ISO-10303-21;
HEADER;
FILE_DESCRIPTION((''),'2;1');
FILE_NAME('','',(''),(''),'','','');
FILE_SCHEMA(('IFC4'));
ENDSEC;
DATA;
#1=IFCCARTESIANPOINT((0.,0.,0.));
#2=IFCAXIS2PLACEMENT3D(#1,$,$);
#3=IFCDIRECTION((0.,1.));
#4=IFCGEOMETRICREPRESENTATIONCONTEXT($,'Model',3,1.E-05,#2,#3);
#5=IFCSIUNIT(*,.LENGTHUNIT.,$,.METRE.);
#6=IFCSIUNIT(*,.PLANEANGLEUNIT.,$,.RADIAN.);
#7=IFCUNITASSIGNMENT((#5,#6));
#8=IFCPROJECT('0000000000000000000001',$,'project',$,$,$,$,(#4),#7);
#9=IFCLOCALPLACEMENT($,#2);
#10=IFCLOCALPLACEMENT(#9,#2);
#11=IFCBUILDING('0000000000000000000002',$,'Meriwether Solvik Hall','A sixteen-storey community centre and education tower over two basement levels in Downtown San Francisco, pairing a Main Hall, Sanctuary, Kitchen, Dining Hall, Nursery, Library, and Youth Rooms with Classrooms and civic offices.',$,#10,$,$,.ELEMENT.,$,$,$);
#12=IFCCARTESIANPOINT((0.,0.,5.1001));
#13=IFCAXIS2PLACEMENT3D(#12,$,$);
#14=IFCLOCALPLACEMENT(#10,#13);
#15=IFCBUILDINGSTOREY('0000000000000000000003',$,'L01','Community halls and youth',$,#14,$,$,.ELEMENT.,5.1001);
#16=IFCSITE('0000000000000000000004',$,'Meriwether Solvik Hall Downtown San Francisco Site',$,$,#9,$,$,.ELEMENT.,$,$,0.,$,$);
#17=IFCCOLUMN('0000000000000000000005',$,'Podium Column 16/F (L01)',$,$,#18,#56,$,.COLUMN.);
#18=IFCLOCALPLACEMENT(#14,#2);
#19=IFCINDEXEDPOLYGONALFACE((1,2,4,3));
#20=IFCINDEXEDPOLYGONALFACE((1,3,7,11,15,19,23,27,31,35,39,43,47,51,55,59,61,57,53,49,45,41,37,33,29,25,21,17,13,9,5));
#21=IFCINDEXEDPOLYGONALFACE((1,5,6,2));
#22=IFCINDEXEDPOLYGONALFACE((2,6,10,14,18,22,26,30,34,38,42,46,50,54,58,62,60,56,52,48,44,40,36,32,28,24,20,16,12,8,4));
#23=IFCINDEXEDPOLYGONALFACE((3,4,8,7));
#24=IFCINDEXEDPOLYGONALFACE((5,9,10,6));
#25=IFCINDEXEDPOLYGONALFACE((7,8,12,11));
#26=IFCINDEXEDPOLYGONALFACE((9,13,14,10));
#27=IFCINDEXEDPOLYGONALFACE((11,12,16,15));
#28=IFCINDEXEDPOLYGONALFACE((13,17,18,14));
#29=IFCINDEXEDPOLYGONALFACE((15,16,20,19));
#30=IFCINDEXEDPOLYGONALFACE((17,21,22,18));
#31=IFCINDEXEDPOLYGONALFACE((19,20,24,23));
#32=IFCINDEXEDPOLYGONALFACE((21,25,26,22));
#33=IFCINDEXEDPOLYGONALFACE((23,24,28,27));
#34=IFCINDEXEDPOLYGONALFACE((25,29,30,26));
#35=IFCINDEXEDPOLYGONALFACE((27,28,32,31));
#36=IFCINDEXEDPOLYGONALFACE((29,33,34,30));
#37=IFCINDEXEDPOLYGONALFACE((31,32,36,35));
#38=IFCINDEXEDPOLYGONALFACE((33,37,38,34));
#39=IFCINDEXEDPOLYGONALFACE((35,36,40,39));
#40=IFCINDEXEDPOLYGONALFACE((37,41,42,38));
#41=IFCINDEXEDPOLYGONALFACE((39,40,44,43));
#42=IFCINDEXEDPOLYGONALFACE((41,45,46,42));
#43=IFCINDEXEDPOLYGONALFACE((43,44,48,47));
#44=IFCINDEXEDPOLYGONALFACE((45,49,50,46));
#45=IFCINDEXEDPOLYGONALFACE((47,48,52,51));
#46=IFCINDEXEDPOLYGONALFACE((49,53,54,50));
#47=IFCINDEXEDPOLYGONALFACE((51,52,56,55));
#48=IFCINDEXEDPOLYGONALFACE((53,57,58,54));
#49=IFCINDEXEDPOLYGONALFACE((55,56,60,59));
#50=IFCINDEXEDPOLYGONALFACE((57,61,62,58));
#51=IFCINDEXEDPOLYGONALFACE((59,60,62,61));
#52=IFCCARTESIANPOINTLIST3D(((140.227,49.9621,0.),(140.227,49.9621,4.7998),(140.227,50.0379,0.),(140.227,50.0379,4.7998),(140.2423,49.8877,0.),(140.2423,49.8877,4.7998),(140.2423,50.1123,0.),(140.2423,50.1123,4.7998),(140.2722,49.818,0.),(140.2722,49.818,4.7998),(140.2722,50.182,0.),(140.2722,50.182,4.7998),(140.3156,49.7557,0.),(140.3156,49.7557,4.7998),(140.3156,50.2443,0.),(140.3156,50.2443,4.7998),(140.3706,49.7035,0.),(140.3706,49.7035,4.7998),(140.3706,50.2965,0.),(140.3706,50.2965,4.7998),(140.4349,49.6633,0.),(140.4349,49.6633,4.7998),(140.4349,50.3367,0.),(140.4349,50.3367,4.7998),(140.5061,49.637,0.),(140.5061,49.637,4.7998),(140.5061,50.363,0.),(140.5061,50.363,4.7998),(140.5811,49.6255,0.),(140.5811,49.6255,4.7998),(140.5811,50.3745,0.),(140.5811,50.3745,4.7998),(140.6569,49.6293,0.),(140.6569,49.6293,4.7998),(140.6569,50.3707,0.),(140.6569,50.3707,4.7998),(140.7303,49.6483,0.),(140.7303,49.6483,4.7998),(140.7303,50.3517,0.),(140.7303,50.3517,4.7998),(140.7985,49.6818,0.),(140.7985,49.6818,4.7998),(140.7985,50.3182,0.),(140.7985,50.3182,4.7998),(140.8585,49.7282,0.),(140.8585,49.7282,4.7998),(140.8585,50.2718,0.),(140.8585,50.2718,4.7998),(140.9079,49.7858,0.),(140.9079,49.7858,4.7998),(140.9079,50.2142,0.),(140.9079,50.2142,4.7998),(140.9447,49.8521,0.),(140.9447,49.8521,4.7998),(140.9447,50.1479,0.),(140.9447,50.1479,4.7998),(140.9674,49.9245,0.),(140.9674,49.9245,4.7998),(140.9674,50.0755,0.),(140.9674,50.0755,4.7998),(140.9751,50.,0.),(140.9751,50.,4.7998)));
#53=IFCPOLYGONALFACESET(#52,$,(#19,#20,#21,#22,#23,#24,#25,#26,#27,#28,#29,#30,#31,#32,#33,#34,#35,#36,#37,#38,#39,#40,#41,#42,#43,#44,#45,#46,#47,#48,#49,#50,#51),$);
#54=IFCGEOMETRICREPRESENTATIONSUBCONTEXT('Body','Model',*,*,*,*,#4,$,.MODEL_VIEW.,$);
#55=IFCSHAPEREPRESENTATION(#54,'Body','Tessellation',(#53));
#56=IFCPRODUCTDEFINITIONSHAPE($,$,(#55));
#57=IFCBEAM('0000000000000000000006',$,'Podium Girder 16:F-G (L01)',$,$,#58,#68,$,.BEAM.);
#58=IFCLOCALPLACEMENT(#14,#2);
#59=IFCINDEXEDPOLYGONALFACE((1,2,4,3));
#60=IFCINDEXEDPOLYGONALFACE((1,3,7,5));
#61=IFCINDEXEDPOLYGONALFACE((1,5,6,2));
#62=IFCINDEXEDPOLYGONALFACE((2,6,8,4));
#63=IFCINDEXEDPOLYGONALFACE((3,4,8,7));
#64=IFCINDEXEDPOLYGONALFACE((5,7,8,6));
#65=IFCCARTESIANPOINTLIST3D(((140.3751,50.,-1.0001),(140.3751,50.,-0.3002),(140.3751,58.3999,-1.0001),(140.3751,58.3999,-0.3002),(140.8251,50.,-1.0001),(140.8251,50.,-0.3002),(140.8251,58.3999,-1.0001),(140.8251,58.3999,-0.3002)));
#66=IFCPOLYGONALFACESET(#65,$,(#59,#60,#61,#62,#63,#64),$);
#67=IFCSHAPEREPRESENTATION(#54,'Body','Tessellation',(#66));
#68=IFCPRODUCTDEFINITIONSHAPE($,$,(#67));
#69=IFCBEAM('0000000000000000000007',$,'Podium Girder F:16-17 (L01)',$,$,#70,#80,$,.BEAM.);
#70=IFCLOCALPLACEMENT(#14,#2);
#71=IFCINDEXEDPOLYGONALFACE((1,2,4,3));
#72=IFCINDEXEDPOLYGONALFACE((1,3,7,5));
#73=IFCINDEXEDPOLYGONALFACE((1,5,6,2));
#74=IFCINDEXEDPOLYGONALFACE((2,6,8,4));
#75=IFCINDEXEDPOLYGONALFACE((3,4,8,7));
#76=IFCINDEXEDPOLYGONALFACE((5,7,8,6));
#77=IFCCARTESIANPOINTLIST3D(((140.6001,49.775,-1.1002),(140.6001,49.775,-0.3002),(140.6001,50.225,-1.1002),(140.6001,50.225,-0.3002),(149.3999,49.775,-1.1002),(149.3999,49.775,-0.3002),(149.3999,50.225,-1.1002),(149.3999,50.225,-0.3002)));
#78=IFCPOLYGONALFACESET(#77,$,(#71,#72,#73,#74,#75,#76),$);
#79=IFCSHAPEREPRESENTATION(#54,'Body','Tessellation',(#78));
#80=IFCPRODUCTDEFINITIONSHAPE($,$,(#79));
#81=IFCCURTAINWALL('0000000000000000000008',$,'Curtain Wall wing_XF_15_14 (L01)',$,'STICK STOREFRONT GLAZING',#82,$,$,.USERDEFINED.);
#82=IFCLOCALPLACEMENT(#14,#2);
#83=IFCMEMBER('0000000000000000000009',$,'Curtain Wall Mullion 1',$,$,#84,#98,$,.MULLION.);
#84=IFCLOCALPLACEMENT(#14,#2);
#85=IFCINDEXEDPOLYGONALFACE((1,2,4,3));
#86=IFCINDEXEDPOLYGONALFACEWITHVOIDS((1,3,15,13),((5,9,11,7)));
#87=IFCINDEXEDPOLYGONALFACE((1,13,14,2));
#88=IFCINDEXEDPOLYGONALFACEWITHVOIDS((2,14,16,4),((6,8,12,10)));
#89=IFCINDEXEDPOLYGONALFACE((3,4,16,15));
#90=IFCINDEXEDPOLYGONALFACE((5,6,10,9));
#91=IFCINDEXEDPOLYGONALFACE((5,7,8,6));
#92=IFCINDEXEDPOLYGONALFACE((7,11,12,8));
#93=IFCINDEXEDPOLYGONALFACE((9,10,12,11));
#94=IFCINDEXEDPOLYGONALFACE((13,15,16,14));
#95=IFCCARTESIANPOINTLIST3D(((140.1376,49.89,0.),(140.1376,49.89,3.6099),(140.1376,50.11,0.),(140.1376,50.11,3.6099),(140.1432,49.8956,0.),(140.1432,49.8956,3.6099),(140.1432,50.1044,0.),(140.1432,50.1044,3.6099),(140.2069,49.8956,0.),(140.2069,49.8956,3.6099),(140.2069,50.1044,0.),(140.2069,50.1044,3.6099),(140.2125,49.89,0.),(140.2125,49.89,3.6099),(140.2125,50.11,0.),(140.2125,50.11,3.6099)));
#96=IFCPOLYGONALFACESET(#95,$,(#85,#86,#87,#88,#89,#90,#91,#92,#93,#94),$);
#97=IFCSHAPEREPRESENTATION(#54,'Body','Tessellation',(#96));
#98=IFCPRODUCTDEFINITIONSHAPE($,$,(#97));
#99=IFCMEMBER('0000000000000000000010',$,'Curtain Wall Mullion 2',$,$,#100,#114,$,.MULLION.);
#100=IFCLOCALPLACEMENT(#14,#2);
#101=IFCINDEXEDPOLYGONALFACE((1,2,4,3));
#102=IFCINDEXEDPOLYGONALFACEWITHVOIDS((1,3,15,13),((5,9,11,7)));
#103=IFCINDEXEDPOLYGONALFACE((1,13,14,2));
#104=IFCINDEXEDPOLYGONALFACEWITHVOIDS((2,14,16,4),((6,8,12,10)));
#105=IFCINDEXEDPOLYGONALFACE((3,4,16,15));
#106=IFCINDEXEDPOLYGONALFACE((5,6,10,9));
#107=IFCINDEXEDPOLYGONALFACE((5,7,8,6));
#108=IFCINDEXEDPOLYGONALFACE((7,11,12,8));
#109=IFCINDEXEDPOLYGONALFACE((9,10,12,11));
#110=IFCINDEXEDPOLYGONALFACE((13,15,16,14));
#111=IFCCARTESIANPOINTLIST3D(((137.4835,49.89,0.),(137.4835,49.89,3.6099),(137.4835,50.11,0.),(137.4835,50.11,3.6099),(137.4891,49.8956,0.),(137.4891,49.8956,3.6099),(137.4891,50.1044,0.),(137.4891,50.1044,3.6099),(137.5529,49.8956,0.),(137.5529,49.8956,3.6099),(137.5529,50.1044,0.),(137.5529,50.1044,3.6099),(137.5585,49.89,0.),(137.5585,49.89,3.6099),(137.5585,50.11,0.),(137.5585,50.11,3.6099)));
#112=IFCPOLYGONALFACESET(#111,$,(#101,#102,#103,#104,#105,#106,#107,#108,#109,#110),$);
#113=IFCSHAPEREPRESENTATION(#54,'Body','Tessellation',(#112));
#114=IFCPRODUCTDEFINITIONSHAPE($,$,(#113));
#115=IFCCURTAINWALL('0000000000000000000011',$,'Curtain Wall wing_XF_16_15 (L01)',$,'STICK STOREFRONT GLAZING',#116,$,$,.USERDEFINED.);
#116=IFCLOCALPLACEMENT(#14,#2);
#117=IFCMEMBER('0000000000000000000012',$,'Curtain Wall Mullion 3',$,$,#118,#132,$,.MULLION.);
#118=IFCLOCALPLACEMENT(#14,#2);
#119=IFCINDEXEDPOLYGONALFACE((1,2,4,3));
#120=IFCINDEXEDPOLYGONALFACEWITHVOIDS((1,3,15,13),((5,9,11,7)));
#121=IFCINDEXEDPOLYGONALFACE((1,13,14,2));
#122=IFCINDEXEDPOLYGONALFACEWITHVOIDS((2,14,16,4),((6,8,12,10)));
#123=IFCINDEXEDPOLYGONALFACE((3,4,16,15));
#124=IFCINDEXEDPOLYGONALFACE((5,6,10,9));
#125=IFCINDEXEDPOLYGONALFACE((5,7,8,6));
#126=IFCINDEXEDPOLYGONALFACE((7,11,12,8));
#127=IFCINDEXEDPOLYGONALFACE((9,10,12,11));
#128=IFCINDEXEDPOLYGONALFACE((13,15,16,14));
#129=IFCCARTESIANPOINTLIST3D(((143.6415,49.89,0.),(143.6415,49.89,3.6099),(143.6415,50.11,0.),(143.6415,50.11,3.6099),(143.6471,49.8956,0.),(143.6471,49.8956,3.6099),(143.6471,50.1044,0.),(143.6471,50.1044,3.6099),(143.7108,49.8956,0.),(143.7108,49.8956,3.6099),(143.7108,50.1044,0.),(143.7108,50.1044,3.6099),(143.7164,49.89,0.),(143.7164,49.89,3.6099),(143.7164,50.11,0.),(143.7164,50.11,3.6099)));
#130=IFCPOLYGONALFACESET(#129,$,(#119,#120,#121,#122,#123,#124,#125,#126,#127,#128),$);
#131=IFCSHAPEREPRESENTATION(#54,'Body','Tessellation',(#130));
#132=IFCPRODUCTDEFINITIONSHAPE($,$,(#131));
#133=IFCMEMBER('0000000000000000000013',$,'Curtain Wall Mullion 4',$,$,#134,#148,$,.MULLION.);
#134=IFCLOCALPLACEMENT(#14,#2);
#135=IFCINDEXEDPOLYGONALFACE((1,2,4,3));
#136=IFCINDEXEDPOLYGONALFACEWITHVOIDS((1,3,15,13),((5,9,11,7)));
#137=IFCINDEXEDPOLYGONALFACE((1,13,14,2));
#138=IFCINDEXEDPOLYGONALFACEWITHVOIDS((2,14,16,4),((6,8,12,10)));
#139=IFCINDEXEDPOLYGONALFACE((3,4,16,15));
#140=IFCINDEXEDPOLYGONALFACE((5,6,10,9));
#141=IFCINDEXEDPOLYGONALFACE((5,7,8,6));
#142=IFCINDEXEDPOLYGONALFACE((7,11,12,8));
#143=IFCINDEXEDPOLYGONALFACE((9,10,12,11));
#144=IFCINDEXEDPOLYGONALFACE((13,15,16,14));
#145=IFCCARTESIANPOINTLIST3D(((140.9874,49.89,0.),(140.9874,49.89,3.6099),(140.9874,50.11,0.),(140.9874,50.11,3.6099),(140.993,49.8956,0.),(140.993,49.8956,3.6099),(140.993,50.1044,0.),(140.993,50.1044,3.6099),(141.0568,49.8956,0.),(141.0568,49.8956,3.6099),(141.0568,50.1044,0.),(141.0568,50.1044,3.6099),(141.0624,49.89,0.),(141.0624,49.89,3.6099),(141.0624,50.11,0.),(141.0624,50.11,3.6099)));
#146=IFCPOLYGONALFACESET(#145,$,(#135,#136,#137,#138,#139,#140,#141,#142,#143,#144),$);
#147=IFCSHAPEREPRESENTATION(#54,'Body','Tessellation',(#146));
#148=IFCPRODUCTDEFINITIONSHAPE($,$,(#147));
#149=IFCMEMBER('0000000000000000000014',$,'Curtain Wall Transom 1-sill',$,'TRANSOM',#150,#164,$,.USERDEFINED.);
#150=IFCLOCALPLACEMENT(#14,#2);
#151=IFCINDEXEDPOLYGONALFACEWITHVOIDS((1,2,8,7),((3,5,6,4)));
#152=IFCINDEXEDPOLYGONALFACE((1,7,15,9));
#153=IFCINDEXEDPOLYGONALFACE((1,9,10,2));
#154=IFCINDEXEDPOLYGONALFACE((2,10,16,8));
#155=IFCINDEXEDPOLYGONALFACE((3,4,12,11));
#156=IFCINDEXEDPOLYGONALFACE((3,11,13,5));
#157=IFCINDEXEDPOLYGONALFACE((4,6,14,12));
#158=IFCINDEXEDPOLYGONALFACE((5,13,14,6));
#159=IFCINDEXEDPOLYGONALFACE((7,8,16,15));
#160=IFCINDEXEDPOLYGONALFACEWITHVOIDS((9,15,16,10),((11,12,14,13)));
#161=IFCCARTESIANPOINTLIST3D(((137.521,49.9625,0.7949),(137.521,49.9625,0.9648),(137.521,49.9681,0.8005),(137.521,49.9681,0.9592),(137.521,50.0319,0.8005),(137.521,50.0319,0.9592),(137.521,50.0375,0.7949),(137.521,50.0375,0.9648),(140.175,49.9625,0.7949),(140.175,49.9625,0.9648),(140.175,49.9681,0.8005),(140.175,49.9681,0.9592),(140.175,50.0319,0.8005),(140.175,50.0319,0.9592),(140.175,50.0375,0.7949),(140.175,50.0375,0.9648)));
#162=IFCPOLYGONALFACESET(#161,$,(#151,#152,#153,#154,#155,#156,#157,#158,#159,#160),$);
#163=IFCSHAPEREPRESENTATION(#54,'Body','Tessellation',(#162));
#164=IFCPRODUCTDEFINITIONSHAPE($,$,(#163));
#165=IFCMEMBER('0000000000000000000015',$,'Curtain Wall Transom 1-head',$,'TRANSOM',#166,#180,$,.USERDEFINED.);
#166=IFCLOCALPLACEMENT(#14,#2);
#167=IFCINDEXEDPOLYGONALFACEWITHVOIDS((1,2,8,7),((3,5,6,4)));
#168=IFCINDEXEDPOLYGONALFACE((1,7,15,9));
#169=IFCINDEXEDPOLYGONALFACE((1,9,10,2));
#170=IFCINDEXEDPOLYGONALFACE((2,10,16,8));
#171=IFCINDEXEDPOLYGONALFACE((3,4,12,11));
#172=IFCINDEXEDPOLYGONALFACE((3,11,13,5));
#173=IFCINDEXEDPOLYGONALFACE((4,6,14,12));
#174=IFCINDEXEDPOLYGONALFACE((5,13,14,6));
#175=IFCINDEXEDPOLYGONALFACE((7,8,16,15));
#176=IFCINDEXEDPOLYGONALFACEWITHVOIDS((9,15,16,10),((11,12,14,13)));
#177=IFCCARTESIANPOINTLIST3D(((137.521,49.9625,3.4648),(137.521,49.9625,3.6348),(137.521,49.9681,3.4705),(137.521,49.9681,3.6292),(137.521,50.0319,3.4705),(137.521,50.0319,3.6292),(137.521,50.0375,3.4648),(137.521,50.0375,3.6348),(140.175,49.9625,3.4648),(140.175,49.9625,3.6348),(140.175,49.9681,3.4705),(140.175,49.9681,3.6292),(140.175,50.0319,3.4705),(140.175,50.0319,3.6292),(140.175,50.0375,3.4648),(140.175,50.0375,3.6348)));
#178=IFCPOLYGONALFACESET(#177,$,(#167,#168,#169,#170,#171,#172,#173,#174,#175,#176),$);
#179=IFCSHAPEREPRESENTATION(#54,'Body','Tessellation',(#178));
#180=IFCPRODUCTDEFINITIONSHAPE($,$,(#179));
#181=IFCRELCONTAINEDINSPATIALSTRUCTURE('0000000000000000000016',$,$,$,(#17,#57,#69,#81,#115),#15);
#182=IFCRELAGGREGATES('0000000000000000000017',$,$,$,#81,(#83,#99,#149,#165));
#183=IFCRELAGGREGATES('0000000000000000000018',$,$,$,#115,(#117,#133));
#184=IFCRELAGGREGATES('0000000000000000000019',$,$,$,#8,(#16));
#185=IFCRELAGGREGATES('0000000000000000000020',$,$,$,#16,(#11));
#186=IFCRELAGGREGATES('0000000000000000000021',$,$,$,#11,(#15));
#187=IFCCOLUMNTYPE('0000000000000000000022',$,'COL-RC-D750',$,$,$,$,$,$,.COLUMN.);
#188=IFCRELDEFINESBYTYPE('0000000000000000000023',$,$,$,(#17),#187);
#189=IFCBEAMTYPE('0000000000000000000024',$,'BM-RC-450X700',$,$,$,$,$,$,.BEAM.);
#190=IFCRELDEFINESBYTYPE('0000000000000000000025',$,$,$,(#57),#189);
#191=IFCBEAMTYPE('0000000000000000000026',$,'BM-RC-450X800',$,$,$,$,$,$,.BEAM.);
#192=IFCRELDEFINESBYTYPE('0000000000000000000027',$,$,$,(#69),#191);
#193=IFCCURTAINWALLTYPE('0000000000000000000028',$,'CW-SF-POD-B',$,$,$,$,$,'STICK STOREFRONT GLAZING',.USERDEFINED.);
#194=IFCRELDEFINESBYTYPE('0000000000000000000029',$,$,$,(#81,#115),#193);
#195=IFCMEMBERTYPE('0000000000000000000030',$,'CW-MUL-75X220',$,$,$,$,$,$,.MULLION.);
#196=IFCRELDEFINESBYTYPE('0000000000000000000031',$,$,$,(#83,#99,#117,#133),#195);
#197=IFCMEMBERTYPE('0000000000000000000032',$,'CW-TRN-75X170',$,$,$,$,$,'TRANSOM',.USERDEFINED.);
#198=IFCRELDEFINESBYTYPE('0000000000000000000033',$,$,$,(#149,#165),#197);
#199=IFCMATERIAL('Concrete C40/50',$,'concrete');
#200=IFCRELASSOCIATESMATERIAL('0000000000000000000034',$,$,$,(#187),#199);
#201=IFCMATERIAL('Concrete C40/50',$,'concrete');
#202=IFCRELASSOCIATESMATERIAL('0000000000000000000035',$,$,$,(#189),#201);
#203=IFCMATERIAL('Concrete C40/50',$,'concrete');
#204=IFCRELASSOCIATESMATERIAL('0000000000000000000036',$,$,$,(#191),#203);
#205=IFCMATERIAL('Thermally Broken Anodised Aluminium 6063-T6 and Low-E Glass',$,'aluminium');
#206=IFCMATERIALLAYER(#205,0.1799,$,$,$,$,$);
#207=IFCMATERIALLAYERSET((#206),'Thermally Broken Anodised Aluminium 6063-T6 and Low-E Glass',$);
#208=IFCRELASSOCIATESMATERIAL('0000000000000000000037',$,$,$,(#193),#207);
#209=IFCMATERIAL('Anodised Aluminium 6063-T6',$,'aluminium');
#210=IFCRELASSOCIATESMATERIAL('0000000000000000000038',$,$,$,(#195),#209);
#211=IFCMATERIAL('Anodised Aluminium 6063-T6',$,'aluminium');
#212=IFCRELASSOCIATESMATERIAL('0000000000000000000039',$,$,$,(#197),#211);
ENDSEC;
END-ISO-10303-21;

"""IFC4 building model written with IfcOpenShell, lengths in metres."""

from ifc_helpers import new_model, si_unit, direction, frame, origin, origin_2d, place, context, subcontext, project, spatial, rectangle, hollow_rectangle, circle, extrude, material, layer, layer_set, material_profile, profile_set, type_object, element, aggregate, save


model = new_model("IFC4")

# Units and contexts
model_context = context("Model", 3, precision=1e-05, world=origin(), true_north=direction((0.0, 1.0)))
body_context = subcontext(model_context, "Body", "Model", "MODEL_VIEW")
ifc_project = project(units=[si_unit("LENGTHUNIT", "METRE"), si_unit("PLANEANGLEUNIT", "RADIAN")], contexts=[model_context])

# Site, building, storey
site_placement = place(None, origin())
site = spatial("IfcSite", under=ifc_project, at=site_placement, Name="Meriwether Solvik Hall Downtown San Francisco Site", CompositionType="ELEMENT", RefElevation=0.0)
building_placement = place(site_placement, origin())
building = spatial("IfcBuilding", under=site, at=building_placement, Name="Meriwether Solvik Hall", Description="A sixteen-storey community centre and education tower over two basement levels in Downtown San Francisco, pairing a Main Hall, Sanctuary, Kitchen, Dining Hall, Nursery, Library, and Youth Rooms with Classrooms and civic offices.", CompositionType="ELEMENT")
storey_placement = place(building_placement, frame((0.0, 0.0, 5.1001)))
storey = spatial("IfcBuildingStorey", under=building, at=storey_placement, Name="L01", Description="Community halls and youth", CompositionType="ELEMENT", Elevation=5.1001)

# Column
ifc_material_1 = material(Name="Concrete C40/50", Category="concrete")
ifc_material_profile_1 = material_profile(ifc_material_1, circle(Radius=0.375, at=origin_2d()), Name="RCC-D750")
ifc_profile_set_1 = profile_set([ifc_material_profile_1], Name="Concrete C40/50")
column_type = type_object("IfcColumnType", Name="COL-RC-D750", PredefinedType="COLUMN", material=ifc_profile_set_1)
column_placement = place(storey_placement, frame((140.6001, 50.0, 0.0), z_axis=(0.0, 0.0, 1.0), x_axis=(1.0, 0.0, 0.0)))
element("IfcColumn", 1, at=column_placement, inside=storey, type_object=column_type, Name="Podium Column 16/F (L01)", PredefinedType="COLUMN", context=body_context, shape_type="SweptSolid", body=[
    extrude(circle(Radius=0.375, at=origin_2d()), origin(), (0.0, 0.0, 1.0), 4.7998),
])

# Beams
ifc_material_2 = material(Name="Concrete C40/50", Category="concrete")
ifc_material_profile_2 = material_profile(ifc_material_2, rectangle(XDim=0.45, YDim=0.7, at=origin_2d()), Name="RCB-450X700")
ifc_profile_set_2 = profile_set([ifc_material_profile_2], Name="Concrete C40/50")
beam_type_1 = type_object("IfcBeamType", Name="BM-RC-450X700", PredefinedType="BEAM", material=ifc_profile_set_2)
beam_1_placement = place(storey_placement, frame((140.6001, 50.0, -0.6501), z_axis=(0.0, 1.0, 0.0), x_axis=(-1.0, 0.0, 0.0)))
element("IfcBeam", 2, at=beam_1_placement, inside=storey, type_object=beam_type_1, Name="Podium Girder 16:F-G (L01)", PredefinedType="BEAM", context=body_context, shape_type="SweptSolid", body=[
    extrude(rectangle(XDim=0.45, YDim=0.7, at=origin_2d()), origin(), (0.0, 0.0, 1.0), 8.3999),
])
ifc_material_3 = material(Name="Concrete C40/50", Category="concrete")
ifc_material_profile_3 = material_profile(ifc_material_3, rectangle(XDim=0.45, YDim=0.8, at=origin_2d()), Name="RCB-450X800")
ifc_profile_set_3 = profile_set([ifc_material_profile_3], Name="Concrete C40/50")
beam_type_2 = type_object("IfcBeamType", Name="BM-RC-450X800", PredefinedType="BEAM", material=ifc_profile_set_3)
beam_2_placement = place(storey_placement, frame((140.6001, 50.0, -0.7002), z_axis=(1.0, 0.0, 0.0), x_axis=(0.0, 1.0, 0.0)))
element("IfcBeam", 3, at=beam_2_placement, inside=storey, type_object=beam_type_2, Name="Podium Girder F:16-17 (L01)", PredefinedType="BEAM", context=body_context, shape_type="SweptSolid", body=[
    extrude(rectangle(XDim=0.45, YDim=0.8, at=origin_2d()), origin(), (0.0, 0.0, 1.0), 8.7998),
])

# Curtain walls, members
ifc_material_4 = material(Name="Thermally Broken Anodised Aluminium 6063-T6 and Low-E Glass", Category="aluminium")
ifc_layer_1 = layer(ifc_material_4, 0.1799)
ifc_layer_set_1 = layer_set([ifc_layer_1], Name="Thermally Broken Anodised Aluminium 6063-T6 and Low-E Glass")
curtain_wall_type = type_object("IfcCurtainWallType", Name="CW-SF-POD-B", ElementType="STICK STOREFRONT GLAZING", PredefinedType="USERDEFINED", material=ifc_layer_set_1)
curtain_wall_1_placement = place(storey_placement, origin())
curtain_wall_1 = element("IfcCurtainWall", 4, at=curtain_wall_1_placement, inside=storey, type_object=curtain_wall_type, Name="Curtain Wall wing_XF_15_14 (L01)", ObjectType="STICK STOREFRONT GLAZING", PredefinedType="USERDEFINED")
ifc_material_5 = material(Name="Anodised Aluminium 6063-T6", Category="aluminium")
ifc_material_profile_4 = material_profile(ifc_material_5, hollow_rectangle(XDim=0.075, YDim=0.22, WallThickness=0.0056, at=origin_2d()), Name="CWM-75X220")
ifc_profile_set_4 = profile_set([ifc_material_profile_4], Name="Anodised Aluminium 6063-T6")
member_type_1 = type_object("IfcMemberType", Name="CW-MUL-75X220", PredefinedType="MULLION", material=ifc_profile_set_4)
member_1_placement = place(storey_placement, frame((140.175, 50.0, 0.0), z_axis=(0.0, 0.0, 1.0), x_axis=(-1.0, 0.0, 0.0)))
member_1 = element("IfcMember", 5, at=member_1_placement, type_object=member_type_1, Name="Curtain Wall Mullion 1", PredefinedType="MULLION", context=body_context, shape_type="SweptSolid", body=[
    extrude(hollow_rectangle(XDim=0.075, YDim=0.22, WallThickness=0.0056, at=origin_2d()), origin(), (0.0, 0.0, 1.0), 3.6099),
])
member_2_placement = place(storey_placement, frame((137.521, 50.0, 0.0), z_axis=(0.0, 0.0, 1.0), x_axis=(-1.0, 0.0, 0.0)))
member_2 = element("IfcMember", 6, at=member_2_placement, type_object=member_type_1, Name="Curtain Wall Mullion 2", PredefinedType="MULLION", context=body_context, shape_type="SweptSolid", body=[
    extrude(hollow_rectangle(XDim=0.075, YDim=0.22, WallThickness=0.0056, at=origin_2d()), origin(), (0.0, 0.0, 1.0), 3.6099),
])
curtain_wall_2_placement = place(storey_placement, origin())
curtain_wall_2 = element("IfcCurtainWall", 7, at=curtain_wall_2_placement, inside=storey, type_object=curtain_wall_type, Name="Curtain Wall wing_XF_16_15 (L01)", ObjectType="STICK STOREFRONT GLAZING", PredefinedType="USERDEFINED")
member_3_placement = place(storey_placement, frame((143.679, 50.0, 0.0), z_axis=(0.0, 0.0, 1.0), x_axis=(-1.0, 0.0, 0.0)))
member_3 = element("IfcMember", 8, at=member_3_placement, type_object=member_type_1, Name="Curtain Wall Mullion 3", PredefinedType="MULLION", context=body_context, shape_type="SweptSolid", body=[
    extrude(hollow_rectangle(XDim=0.075, YDim=0.22, WallThickness=0.0056, at=origin_2d()), origin(), (0.0, 0.0, 1.0), 3.6099),
])
member_4_placement = place(storey_placement, frame((141.0249, 50.0, 0.0), z_axis=(0.0, 0.0, 1.0), x_axis=(-1.0, 0.0, 0.0)))
member_4 = element("IfcMember", 9, at=member_4_placement, type_object=member_type_1, Name="Curtain Wall Mullion 4", PredefinedType="MULLION", context=body_context, shape_type="SweptSolid", body=[
    extrude(hollow_rectangle(XDim=0.075, YDim=0.22, WallThickness=0.0056, at=origin_2d()), origin(), (0.0, 0.0, 1.0), 3.6099),
])

# Members
ifc_material_6 = material(Name="Anodised Aluminium 6063-T6", Category="aluminium")
ifc_material_profile_5 = material_profile(ifc_material_6, hollow_rectangle(XDim=0.075, YDim=0.1699, WallThickness=0.0056, at=origin_2d()), Name="CWT-75X170")
ifc_profile_set_5 = profile_set([ifc_material_profile_5], Name="Anodised Aluminium 6063-T6")
member_type_2 = type_object("IfcMemberType", Name="CW-TRN-75X170", ElementType="TRANSOM", PredefinedType="USERDEFINED", material=ifc_profile_set_5)
member_5_placement = place(storey_placement, frame((140.175, 50.0, 0.8799), z_axis=(-1.0, 0.0, 0.0), x_axis=(0.0, -1.0, 0.0)))
member_5 = element("IfcMember", 10, at=member_5_placement, type_object=member_type_2, Name="Curtain Wall Transom 1-sill", ObjectType="TRANSOM", PredefinedType="USERDEFINED", context=body_context, shape_type="SweptSolid", body=[
    extrude(hollow_rectangle(XDim=0.075, YDim=0.1699, WallThickness=0.0056, at=origin_2d()), origin(), (0.0, 0.0, 1.0), 2.6541),
])
member_6_placement = place(storey_placement, frame((140.175, 50.0, 3.5498), z_axis=(-1.0, 0.0, 0.0), x_axis=(0.0, -1.0, 0.0)))
member_6 = element("IfcMember", 11, at=member_6_placement, type_object=member_type_2, Name="Curtain Wall Transom 1-head", ObjectType="TRANSOM", PredefinedType="USERDEFINED", context=body_context, shape_type="SweptSolid", body=[
    extrude(hollow_rectangle(XDim=0.075, YDim=0.1699, WallThickness=0.0056, at=origin_2d()), origin(), (0.0, 0.0, 1.0), 2.6541),
])

aggregate(curtain_wall_1, [member_1, member_2, member_5, member_6])
aggregate(curtain_wall_2, [member_3, member_4])

save(model, "model.ifc")
